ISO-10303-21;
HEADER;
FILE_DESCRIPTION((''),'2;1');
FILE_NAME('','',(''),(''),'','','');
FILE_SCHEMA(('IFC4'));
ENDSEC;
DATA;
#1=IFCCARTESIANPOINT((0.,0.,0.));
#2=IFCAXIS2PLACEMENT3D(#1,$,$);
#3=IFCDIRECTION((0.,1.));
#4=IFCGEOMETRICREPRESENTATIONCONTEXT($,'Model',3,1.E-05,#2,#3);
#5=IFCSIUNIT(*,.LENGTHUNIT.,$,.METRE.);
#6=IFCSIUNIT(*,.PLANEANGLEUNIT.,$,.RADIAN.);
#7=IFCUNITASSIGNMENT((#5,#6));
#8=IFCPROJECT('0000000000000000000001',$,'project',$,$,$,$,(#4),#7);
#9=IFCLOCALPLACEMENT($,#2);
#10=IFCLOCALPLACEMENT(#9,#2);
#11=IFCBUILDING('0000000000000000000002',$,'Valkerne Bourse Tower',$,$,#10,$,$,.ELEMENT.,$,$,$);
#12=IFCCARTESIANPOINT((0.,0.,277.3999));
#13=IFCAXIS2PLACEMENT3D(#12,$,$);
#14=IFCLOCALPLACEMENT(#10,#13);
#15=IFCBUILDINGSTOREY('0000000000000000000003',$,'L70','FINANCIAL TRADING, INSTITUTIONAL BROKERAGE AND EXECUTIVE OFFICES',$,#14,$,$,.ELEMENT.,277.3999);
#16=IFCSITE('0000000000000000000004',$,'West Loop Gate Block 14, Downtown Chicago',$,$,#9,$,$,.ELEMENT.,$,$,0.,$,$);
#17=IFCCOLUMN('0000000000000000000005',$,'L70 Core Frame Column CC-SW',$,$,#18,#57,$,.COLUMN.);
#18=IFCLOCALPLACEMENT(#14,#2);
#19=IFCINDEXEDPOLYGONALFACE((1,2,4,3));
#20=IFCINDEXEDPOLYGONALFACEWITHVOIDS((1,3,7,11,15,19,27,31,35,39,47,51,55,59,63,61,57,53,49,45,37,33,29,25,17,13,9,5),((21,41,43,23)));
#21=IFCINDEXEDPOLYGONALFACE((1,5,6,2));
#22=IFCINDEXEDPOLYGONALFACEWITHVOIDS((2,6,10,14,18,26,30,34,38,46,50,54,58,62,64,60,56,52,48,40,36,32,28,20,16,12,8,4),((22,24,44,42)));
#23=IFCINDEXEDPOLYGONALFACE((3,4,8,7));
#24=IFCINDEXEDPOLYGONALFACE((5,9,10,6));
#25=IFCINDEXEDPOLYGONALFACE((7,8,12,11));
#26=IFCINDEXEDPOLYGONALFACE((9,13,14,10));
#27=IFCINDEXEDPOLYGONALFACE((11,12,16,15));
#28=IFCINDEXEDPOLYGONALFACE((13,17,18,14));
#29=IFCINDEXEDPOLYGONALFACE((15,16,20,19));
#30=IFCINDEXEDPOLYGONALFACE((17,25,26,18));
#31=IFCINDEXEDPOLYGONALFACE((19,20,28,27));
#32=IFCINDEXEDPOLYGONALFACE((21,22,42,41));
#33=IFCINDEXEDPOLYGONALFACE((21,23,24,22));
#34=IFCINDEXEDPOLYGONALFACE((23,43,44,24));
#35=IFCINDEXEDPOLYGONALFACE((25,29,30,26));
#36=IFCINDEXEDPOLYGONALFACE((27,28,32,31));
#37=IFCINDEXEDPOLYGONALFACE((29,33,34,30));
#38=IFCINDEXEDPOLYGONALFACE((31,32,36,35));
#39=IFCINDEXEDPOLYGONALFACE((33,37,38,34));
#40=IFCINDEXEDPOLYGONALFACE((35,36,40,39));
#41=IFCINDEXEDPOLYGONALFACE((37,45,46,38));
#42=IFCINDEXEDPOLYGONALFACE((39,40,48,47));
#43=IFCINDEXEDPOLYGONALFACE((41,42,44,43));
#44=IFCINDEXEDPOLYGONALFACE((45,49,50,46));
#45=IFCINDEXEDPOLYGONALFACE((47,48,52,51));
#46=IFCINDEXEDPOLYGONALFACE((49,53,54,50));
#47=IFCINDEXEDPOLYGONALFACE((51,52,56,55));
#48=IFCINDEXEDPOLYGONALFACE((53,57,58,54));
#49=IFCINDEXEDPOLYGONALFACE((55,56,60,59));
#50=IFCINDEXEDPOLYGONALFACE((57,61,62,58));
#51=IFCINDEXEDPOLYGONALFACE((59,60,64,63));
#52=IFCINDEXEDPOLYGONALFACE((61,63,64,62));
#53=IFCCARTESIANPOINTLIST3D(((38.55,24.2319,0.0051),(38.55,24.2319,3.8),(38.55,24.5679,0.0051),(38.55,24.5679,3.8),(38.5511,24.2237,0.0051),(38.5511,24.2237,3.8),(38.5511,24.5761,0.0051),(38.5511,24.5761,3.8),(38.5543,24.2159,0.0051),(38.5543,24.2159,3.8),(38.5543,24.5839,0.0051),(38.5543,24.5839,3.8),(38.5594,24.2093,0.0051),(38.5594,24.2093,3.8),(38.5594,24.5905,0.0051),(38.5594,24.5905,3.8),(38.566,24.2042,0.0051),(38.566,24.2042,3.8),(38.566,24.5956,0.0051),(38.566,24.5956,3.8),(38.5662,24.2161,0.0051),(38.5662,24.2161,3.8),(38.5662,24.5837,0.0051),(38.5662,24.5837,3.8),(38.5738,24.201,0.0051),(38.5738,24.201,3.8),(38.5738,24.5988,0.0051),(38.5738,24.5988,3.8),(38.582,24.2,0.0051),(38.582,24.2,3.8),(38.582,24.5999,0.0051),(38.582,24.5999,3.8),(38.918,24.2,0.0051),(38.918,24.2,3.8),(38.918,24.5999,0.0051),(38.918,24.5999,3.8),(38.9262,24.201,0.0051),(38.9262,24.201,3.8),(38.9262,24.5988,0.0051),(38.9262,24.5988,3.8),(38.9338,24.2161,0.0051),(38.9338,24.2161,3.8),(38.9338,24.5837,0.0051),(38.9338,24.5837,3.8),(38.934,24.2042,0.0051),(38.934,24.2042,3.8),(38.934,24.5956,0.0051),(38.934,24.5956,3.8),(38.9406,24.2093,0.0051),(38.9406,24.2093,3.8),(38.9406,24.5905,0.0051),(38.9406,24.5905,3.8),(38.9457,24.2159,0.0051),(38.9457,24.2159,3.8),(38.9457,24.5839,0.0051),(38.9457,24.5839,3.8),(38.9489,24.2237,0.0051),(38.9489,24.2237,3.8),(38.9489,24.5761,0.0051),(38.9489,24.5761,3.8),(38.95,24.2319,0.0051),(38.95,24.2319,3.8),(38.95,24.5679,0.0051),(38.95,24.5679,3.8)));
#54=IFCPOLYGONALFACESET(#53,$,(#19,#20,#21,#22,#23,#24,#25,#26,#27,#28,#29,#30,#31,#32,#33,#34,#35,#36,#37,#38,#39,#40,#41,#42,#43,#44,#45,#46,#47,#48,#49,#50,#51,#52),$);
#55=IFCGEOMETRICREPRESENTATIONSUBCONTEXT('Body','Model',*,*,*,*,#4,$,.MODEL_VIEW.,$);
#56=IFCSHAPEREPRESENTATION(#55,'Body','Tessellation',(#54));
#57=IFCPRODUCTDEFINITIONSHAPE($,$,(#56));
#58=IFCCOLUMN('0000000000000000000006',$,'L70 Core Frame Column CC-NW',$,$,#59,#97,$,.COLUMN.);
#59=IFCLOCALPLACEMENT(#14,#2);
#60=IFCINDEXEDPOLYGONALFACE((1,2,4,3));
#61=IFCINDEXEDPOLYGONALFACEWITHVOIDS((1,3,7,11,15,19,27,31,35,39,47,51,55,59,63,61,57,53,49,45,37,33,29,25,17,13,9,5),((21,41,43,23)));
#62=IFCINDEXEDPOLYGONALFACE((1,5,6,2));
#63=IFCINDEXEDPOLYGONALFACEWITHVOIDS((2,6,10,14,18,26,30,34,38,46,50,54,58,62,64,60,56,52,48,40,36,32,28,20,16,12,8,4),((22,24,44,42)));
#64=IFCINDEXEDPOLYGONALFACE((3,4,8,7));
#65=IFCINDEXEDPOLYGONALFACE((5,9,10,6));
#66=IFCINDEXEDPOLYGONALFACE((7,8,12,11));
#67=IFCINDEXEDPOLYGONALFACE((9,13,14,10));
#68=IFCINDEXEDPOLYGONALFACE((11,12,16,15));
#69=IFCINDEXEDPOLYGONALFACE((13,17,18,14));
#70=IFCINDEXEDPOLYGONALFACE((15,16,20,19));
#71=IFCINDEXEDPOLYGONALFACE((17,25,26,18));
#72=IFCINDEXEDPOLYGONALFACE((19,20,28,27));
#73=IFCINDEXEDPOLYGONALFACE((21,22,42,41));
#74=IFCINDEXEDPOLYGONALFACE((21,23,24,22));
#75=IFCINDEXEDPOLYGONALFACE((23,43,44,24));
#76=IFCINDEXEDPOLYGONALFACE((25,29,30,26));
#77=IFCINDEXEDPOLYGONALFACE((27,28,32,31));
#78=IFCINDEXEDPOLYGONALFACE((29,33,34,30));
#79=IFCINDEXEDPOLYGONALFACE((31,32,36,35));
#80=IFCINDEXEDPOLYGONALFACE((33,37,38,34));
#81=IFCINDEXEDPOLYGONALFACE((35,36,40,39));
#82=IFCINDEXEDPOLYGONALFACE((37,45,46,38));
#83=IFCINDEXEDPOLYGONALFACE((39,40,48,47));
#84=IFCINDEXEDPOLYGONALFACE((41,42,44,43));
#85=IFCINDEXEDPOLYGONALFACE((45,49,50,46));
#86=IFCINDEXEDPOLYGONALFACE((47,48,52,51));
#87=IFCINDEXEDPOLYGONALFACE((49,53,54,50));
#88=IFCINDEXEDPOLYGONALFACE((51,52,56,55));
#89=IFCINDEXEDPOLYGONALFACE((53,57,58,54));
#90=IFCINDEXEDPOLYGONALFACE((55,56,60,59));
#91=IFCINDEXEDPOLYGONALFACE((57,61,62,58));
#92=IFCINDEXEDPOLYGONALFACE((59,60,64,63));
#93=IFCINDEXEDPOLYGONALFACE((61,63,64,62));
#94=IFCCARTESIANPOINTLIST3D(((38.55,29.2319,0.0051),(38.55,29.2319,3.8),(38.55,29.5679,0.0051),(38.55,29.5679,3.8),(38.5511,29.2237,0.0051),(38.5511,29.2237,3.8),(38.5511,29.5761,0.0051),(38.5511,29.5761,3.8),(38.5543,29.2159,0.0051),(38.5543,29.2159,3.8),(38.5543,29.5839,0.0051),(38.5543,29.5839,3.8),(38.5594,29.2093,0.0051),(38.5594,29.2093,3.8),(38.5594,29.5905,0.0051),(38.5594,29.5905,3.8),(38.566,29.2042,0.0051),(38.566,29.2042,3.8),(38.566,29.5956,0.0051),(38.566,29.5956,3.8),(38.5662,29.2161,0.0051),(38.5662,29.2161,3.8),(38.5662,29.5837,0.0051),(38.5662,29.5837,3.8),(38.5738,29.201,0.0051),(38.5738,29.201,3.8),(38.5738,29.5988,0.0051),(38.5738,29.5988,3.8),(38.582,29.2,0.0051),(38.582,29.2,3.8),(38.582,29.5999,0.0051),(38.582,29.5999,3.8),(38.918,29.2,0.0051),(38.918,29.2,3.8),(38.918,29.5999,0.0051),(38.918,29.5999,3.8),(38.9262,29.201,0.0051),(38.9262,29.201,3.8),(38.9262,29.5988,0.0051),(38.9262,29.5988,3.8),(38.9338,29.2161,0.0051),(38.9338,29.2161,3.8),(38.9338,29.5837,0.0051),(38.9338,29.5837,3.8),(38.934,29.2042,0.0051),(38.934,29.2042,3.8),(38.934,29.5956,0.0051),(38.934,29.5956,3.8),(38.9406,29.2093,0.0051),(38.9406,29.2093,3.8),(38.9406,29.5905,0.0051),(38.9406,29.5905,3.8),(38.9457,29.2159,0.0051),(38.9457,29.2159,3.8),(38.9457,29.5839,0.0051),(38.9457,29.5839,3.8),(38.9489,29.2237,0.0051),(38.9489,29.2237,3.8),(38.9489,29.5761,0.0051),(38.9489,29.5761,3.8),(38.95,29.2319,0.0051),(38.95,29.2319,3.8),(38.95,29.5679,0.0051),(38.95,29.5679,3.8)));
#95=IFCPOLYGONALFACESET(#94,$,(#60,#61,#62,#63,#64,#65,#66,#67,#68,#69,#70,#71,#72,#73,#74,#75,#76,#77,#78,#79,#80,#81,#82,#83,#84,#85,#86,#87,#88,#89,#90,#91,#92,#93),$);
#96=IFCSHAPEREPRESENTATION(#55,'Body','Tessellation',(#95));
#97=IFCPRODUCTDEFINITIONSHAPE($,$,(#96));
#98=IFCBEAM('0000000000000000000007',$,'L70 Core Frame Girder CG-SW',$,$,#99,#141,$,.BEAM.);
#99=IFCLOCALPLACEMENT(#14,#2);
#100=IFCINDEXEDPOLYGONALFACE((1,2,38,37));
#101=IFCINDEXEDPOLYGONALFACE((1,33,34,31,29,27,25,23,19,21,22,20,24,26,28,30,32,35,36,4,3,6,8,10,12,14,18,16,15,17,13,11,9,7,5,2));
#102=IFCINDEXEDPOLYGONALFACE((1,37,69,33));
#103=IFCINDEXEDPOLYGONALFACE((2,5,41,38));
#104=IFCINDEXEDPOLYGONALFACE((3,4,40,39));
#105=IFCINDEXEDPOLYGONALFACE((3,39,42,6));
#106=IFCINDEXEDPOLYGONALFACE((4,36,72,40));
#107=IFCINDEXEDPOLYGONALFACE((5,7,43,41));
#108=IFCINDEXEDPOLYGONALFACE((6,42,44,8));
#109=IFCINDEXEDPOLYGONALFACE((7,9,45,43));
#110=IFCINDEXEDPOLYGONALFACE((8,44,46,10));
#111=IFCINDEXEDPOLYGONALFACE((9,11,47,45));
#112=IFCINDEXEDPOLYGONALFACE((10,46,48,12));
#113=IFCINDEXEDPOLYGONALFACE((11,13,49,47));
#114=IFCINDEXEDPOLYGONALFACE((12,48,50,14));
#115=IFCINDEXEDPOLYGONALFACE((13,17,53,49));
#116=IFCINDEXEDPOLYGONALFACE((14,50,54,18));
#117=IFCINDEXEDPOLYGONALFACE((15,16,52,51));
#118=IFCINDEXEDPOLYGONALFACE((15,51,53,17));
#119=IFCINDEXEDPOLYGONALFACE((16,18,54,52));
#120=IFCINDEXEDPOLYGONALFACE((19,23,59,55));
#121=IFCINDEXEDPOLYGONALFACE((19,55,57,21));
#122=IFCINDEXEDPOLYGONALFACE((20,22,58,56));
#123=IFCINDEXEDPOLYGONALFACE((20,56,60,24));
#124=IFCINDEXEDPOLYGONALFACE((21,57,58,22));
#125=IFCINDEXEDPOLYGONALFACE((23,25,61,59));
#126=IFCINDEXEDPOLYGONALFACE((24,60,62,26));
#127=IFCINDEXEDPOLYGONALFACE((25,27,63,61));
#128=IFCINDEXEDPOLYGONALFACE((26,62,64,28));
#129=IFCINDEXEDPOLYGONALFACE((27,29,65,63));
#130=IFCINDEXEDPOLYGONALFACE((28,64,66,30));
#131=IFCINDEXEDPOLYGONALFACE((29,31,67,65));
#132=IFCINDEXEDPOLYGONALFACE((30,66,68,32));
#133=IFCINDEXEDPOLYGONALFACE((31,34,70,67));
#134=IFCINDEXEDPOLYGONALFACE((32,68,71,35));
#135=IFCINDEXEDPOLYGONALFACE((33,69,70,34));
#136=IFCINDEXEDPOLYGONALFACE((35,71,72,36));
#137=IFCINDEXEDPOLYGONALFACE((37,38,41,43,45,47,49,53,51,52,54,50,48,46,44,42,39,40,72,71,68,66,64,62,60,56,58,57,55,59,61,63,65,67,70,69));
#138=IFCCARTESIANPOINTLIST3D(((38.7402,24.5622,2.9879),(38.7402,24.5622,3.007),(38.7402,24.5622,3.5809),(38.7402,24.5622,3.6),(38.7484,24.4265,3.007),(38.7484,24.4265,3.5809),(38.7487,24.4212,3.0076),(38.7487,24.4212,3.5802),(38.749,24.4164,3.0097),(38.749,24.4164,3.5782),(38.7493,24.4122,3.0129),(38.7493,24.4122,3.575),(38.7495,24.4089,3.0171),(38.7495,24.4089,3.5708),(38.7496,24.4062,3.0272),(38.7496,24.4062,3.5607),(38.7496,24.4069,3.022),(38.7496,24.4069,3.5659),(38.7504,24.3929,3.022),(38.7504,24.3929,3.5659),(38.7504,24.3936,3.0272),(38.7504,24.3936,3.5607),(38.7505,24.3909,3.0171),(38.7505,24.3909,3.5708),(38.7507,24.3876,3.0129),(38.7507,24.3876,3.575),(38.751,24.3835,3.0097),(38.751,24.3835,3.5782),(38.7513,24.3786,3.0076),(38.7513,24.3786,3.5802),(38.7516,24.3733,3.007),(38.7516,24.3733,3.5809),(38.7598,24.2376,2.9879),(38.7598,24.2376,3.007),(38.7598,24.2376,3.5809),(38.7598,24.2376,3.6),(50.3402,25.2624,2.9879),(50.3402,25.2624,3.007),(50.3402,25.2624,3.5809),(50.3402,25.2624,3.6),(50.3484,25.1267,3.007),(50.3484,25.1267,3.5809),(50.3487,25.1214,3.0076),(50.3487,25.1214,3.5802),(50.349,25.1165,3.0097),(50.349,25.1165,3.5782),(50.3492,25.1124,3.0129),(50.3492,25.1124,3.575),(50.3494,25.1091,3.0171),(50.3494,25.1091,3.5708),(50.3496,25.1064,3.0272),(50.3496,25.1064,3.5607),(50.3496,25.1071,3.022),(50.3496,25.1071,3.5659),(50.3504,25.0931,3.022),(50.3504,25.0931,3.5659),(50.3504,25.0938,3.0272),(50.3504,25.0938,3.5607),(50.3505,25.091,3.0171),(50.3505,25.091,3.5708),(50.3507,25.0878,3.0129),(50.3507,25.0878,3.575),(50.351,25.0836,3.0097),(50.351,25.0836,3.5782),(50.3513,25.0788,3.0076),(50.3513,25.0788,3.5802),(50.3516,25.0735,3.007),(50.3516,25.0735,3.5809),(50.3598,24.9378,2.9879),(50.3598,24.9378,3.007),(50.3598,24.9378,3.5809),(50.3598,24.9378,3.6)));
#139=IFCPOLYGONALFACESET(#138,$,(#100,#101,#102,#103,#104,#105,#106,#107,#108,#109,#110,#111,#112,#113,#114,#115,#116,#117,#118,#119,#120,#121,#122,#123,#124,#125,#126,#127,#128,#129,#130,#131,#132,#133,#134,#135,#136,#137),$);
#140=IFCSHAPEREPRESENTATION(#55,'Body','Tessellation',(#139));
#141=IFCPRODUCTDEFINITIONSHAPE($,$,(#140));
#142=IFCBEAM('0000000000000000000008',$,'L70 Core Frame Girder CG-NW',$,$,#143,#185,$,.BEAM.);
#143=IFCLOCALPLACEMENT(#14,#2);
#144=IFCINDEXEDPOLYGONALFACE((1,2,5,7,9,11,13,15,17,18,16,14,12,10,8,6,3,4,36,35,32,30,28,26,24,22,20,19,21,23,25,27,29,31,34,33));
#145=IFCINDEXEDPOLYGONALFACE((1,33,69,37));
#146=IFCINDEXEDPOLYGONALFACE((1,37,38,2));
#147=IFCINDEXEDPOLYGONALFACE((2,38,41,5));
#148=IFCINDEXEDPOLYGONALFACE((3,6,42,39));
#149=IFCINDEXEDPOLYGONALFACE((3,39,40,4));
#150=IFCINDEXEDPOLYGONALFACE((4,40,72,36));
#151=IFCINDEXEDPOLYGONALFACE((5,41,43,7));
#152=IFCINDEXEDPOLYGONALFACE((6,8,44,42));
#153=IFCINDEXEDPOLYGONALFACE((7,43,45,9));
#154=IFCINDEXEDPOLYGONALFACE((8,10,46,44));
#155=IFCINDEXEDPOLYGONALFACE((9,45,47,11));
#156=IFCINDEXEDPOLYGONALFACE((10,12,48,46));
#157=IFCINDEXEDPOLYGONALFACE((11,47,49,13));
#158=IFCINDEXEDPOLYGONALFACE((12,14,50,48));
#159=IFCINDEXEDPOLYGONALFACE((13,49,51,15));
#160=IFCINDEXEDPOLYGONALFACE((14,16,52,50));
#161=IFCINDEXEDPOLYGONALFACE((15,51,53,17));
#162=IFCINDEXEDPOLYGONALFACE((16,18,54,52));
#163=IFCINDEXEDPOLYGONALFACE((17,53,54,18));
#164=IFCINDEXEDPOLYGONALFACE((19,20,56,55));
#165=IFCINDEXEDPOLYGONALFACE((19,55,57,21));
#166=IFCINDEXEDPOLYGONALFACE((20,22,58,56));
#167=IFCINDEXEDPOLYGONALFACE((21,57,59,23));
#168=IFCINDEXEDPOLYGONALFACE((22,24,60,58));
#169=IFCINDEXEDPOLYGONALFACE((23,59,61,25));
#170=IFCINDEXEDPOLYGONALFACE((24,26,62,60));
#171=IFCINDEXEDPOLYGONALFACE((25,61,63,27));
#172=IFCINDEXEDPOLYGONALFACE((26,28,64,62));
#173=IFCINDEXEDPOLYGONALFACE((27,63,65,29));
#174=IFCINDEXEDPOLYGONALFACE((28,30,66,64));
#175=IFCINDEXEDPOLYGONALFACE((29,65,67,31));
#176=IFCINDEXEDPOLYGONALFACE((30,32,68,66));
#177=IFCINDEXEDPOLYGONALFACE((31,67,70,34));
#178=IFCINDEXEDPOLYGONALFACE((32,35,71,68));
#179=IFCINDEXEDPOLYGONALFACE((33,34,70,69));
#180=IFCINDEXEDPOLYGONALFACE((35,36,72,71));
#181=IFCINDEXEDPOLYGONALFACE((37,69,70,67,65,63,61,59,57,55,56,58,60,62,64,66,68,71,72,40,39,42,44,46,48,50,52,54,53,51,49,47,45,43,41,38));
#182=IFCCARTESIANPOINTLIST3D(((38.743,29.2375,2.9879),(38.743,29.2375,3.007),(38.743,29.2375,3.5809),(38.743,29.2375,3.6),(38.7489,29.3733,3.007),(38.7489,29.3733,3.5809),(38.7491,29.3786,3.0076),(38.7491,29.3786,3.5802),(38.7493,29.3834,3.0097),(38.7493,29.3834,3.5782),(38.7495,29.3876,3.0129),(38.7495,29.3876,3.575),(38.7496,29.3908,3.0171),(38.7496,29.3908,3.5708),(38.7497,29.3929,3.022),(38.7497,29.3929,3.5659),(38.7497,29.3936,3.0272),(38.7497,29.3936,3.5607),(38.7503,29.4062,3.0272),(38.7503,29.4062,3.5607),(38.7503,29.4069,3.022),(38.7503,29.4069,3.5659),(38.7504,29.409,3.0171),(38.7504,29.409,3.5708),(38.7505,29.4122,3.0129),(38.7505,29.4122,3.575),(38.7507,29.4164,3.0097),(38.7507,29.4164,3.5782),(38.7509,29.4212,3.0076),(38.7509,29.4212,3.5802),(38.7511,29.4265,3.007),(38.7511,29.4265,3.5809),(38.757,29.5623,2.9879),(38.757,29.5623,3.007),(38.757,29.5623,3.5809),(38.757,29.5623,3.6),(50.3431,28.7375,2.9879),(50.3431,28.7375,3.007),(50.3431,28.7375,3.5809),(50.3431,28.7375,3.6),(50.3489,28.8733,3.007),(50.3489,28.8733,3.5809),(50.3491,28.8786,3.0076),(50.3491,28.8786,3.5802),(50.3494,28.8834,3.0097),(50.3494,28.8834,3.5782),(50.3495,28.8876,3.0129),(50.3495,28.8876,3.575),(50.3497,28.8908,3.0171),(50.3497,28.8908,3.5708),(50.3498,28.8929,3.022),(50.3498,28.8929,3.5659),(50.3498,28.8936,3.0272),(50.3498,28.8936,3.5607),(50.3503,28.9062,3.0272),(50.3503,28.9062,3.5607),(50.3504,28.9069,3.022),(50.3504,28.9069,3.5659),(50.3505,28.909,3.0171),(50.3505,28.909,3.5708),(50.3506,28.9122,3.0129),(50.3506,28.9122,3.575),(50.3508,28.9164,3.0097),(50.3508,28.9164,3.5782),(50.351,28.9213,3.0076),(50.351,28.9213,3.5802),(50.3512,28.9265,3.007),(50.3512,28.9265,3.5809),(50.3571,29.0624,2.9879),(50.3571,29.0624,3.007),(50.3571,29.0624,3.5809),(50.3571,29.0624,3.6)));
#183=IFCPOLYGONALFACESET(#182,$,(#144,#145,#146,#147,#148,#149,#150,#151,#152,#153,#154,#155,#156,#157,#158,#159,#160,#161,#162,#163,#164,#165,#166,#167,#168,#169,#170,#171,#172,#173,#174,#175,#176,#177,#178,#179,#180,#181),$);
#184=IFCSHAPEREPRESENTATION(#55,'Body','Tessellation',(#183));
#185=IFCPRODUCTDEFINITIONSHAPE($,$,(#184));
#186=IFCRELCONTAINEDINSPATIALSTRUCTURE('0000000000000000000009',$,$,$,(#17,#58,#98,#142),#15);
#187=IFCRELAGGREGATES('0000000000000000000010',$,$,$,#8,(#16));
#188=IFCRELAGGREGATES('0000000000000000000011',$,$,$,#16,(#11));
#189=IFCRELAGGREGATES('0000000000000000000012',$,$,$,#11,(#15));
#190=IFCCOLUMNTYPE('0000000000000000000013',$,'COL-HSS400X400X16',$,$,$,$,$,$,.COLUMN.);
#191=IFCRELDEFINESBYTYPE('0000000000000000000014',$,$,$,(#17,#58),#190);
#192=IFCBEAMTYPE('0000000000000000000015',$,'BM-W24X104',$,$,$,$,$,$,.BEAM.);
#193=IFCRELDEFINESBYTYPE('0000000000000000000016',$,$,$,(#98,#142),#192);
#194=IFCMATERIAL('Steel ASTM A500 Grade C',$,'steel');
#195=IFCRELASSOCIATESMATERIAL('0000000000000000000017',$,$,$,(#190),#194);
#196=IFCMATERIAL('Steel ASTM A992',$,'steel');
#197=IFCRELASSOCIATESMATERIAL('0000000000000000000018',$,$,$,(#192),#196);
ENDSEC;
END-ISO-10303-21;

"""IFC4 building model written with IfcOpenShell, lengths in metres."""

from ifc_helpers import new_model, si_unit, direction, frame, origin, origin_2d, place, context, subcontext, project, spatial, hollow_rectangle, i_section, extrude, material, material_profile, profile_set, type_object, element, save


model = new_model("IFC4")

# Units and contexts
model_context = context("Model", 3, precision=1e-05, world=origin(), true_north=direction((0.0, 1.0)))
body_context = subcontext(model_context, "Body", "Model", "MODEL_VIEW")
ifc_project = project(units=[si_unit("LENGTHUNIT", "METRE"), si_unit("PLANEANGLEUNIT", "RADIAN")], contexts=[model_context])

# Site, building, storey
site_placement = place(None, origin())
site = spatial("IfcSite", under=ifc_project, at=site_placement, Name="West Loop Gate Block 14, Downtown Chicago", CompositionType="ELEMENT", RefElevation=0.0)
building_placement = place(site_placement, origin())
building = spatial("IfcBuilding", under=site, at=building_placement, Name="Valkerne Bourse Tower", CompositionType="ELEMENT")
storey_placement = place(building_placement, frame((0.0, 0.0, 277.3999)))
storey = spatial("IfcBuildingStorey", under=building, at=storey_placement, Name="L70", Description="FINANCIAL TRADING, INSTITUTIONAL BROKERAGE AND EXECUTIVE OFFICES", CompositionType="ELEMENT", Elevation=277.3999)

# Columns
ifc_material_1 = material(Name="Steel ASTM A500 Grade C", Category="steel")
ifc_material_profile_1 = material_profile(ifc_material_1, hollow_rectangle(XDim=0.3999, YDim=0.3999, WallThickness=0.0161, OuterFilletRadius=0.032, at=origin_2d()), Name="HSS400X400X16")
ifc_profile_set_1 = profile_set([ifc_material_profile_1], Name="Steel ASTM A500 Grade C")
column_type = type_object("IfcColumnType", Name="COL-HSS400X400X16", PredefinedType="COLUMN", material=ifc_profile_set_1)
for number, where, z_axis, x_axis, name in (
    (1, (38.75, 24.3999, 0.0051), (0.0, 0.0, 1.0), (1.0, 0.0, 0.0), "L70 Core Frame Column CC-SW"),
    (2, (38.75, 29.3999, 0.0051), (0.0, 0.0, 1.0), (1.0, 0.0, 0.0), "L70 Core Frame Column CC-NW"),
):
    element("IfcColumn", number, at=place(storey_placement, frame(where, z_axis=z_axis, x_axis=x_axis)), inside=storey, type_object=column_type, Name=name, PredefinedType="COLUMN", context=body_context, shape_type="SweptSolid", body=[
        extrude(hollow_rectangle(XDim=0.3999, YDim=0.3999, WallThickness=0.0161, OuterFilletRadius=0.032, at=origin_2d()), origin(), (0.0, 0.0, 1.0), 3.7949),
    ])

# Beams
ifc_material_2 = material(Name="Steel ASTM A992", Category="steel")
ifc_material_profile_2 = material_profile(ifc_material_2, i_section(OverallWidth=0.3252, OverallDepth=0.6121, WebThickness=0.0127, FlangeThickness=0.019, FilletRadius=0.0203, at=origin_2d()), Name="W24X104")
ifc_profile_set_2 = profile_set([ifc_material_profile_2], Name="Steel ASTM A992")
beam_type = type_object("IfcBeamType", Name="BM-W24X104", PredefinedType="BEAM", material=ifc_profile_set_2)
beam_1_placement = place(storey_placement, frame((38.75, 24.3999, 3.2939), z_axis=(0.998183, 0.060251, 0.0), x_axis=(-0.060251, 0.998183, 0.0)))
element("IfcBeam", 3, at=beam_1_placement, inside=storey, type_object=beam_type, Name="L70 Core Frame Girder CG-SW", PredefinedType="BEAM", context=body_context, shape_type="SweptSolid", body=[
    extrude(i_section(OverallWidth=0.3252, OverallDepth=0.6121, WebThickness=0.0127, FlangeThickness=0.019, FilletRadius=0.0203, at=origin_2d()), origin(), (0.0, 0.0, 1.0), 11.6211),
])
beam_2_placement = place(storey_placement, frame((38.75, 29.3999, 3.2939), z_axis=(0.999072, -0.043063, 0.0), x_axis=(0.043063, 0.999072, 0.0)))
element("IfcBeam", 4, at=beam_2_placement, inside=storey, type_object=beam_type, Name="L70 Core Frame Girder CG-NW", PredefinedType="BEAM", context=body_context, shape_type="SweptSolid", body=[
    extrude(i_section(OverallWidth=0.3252, OverallDepth=0.6121, WebThickness=0.0127, FlangeThickness=0.019, FilletRadius=0.0203, at=origin_2d()), origin(), (0.0, 0.0, 1.0), 11.6108),
])

save(model, "model.ifc")
